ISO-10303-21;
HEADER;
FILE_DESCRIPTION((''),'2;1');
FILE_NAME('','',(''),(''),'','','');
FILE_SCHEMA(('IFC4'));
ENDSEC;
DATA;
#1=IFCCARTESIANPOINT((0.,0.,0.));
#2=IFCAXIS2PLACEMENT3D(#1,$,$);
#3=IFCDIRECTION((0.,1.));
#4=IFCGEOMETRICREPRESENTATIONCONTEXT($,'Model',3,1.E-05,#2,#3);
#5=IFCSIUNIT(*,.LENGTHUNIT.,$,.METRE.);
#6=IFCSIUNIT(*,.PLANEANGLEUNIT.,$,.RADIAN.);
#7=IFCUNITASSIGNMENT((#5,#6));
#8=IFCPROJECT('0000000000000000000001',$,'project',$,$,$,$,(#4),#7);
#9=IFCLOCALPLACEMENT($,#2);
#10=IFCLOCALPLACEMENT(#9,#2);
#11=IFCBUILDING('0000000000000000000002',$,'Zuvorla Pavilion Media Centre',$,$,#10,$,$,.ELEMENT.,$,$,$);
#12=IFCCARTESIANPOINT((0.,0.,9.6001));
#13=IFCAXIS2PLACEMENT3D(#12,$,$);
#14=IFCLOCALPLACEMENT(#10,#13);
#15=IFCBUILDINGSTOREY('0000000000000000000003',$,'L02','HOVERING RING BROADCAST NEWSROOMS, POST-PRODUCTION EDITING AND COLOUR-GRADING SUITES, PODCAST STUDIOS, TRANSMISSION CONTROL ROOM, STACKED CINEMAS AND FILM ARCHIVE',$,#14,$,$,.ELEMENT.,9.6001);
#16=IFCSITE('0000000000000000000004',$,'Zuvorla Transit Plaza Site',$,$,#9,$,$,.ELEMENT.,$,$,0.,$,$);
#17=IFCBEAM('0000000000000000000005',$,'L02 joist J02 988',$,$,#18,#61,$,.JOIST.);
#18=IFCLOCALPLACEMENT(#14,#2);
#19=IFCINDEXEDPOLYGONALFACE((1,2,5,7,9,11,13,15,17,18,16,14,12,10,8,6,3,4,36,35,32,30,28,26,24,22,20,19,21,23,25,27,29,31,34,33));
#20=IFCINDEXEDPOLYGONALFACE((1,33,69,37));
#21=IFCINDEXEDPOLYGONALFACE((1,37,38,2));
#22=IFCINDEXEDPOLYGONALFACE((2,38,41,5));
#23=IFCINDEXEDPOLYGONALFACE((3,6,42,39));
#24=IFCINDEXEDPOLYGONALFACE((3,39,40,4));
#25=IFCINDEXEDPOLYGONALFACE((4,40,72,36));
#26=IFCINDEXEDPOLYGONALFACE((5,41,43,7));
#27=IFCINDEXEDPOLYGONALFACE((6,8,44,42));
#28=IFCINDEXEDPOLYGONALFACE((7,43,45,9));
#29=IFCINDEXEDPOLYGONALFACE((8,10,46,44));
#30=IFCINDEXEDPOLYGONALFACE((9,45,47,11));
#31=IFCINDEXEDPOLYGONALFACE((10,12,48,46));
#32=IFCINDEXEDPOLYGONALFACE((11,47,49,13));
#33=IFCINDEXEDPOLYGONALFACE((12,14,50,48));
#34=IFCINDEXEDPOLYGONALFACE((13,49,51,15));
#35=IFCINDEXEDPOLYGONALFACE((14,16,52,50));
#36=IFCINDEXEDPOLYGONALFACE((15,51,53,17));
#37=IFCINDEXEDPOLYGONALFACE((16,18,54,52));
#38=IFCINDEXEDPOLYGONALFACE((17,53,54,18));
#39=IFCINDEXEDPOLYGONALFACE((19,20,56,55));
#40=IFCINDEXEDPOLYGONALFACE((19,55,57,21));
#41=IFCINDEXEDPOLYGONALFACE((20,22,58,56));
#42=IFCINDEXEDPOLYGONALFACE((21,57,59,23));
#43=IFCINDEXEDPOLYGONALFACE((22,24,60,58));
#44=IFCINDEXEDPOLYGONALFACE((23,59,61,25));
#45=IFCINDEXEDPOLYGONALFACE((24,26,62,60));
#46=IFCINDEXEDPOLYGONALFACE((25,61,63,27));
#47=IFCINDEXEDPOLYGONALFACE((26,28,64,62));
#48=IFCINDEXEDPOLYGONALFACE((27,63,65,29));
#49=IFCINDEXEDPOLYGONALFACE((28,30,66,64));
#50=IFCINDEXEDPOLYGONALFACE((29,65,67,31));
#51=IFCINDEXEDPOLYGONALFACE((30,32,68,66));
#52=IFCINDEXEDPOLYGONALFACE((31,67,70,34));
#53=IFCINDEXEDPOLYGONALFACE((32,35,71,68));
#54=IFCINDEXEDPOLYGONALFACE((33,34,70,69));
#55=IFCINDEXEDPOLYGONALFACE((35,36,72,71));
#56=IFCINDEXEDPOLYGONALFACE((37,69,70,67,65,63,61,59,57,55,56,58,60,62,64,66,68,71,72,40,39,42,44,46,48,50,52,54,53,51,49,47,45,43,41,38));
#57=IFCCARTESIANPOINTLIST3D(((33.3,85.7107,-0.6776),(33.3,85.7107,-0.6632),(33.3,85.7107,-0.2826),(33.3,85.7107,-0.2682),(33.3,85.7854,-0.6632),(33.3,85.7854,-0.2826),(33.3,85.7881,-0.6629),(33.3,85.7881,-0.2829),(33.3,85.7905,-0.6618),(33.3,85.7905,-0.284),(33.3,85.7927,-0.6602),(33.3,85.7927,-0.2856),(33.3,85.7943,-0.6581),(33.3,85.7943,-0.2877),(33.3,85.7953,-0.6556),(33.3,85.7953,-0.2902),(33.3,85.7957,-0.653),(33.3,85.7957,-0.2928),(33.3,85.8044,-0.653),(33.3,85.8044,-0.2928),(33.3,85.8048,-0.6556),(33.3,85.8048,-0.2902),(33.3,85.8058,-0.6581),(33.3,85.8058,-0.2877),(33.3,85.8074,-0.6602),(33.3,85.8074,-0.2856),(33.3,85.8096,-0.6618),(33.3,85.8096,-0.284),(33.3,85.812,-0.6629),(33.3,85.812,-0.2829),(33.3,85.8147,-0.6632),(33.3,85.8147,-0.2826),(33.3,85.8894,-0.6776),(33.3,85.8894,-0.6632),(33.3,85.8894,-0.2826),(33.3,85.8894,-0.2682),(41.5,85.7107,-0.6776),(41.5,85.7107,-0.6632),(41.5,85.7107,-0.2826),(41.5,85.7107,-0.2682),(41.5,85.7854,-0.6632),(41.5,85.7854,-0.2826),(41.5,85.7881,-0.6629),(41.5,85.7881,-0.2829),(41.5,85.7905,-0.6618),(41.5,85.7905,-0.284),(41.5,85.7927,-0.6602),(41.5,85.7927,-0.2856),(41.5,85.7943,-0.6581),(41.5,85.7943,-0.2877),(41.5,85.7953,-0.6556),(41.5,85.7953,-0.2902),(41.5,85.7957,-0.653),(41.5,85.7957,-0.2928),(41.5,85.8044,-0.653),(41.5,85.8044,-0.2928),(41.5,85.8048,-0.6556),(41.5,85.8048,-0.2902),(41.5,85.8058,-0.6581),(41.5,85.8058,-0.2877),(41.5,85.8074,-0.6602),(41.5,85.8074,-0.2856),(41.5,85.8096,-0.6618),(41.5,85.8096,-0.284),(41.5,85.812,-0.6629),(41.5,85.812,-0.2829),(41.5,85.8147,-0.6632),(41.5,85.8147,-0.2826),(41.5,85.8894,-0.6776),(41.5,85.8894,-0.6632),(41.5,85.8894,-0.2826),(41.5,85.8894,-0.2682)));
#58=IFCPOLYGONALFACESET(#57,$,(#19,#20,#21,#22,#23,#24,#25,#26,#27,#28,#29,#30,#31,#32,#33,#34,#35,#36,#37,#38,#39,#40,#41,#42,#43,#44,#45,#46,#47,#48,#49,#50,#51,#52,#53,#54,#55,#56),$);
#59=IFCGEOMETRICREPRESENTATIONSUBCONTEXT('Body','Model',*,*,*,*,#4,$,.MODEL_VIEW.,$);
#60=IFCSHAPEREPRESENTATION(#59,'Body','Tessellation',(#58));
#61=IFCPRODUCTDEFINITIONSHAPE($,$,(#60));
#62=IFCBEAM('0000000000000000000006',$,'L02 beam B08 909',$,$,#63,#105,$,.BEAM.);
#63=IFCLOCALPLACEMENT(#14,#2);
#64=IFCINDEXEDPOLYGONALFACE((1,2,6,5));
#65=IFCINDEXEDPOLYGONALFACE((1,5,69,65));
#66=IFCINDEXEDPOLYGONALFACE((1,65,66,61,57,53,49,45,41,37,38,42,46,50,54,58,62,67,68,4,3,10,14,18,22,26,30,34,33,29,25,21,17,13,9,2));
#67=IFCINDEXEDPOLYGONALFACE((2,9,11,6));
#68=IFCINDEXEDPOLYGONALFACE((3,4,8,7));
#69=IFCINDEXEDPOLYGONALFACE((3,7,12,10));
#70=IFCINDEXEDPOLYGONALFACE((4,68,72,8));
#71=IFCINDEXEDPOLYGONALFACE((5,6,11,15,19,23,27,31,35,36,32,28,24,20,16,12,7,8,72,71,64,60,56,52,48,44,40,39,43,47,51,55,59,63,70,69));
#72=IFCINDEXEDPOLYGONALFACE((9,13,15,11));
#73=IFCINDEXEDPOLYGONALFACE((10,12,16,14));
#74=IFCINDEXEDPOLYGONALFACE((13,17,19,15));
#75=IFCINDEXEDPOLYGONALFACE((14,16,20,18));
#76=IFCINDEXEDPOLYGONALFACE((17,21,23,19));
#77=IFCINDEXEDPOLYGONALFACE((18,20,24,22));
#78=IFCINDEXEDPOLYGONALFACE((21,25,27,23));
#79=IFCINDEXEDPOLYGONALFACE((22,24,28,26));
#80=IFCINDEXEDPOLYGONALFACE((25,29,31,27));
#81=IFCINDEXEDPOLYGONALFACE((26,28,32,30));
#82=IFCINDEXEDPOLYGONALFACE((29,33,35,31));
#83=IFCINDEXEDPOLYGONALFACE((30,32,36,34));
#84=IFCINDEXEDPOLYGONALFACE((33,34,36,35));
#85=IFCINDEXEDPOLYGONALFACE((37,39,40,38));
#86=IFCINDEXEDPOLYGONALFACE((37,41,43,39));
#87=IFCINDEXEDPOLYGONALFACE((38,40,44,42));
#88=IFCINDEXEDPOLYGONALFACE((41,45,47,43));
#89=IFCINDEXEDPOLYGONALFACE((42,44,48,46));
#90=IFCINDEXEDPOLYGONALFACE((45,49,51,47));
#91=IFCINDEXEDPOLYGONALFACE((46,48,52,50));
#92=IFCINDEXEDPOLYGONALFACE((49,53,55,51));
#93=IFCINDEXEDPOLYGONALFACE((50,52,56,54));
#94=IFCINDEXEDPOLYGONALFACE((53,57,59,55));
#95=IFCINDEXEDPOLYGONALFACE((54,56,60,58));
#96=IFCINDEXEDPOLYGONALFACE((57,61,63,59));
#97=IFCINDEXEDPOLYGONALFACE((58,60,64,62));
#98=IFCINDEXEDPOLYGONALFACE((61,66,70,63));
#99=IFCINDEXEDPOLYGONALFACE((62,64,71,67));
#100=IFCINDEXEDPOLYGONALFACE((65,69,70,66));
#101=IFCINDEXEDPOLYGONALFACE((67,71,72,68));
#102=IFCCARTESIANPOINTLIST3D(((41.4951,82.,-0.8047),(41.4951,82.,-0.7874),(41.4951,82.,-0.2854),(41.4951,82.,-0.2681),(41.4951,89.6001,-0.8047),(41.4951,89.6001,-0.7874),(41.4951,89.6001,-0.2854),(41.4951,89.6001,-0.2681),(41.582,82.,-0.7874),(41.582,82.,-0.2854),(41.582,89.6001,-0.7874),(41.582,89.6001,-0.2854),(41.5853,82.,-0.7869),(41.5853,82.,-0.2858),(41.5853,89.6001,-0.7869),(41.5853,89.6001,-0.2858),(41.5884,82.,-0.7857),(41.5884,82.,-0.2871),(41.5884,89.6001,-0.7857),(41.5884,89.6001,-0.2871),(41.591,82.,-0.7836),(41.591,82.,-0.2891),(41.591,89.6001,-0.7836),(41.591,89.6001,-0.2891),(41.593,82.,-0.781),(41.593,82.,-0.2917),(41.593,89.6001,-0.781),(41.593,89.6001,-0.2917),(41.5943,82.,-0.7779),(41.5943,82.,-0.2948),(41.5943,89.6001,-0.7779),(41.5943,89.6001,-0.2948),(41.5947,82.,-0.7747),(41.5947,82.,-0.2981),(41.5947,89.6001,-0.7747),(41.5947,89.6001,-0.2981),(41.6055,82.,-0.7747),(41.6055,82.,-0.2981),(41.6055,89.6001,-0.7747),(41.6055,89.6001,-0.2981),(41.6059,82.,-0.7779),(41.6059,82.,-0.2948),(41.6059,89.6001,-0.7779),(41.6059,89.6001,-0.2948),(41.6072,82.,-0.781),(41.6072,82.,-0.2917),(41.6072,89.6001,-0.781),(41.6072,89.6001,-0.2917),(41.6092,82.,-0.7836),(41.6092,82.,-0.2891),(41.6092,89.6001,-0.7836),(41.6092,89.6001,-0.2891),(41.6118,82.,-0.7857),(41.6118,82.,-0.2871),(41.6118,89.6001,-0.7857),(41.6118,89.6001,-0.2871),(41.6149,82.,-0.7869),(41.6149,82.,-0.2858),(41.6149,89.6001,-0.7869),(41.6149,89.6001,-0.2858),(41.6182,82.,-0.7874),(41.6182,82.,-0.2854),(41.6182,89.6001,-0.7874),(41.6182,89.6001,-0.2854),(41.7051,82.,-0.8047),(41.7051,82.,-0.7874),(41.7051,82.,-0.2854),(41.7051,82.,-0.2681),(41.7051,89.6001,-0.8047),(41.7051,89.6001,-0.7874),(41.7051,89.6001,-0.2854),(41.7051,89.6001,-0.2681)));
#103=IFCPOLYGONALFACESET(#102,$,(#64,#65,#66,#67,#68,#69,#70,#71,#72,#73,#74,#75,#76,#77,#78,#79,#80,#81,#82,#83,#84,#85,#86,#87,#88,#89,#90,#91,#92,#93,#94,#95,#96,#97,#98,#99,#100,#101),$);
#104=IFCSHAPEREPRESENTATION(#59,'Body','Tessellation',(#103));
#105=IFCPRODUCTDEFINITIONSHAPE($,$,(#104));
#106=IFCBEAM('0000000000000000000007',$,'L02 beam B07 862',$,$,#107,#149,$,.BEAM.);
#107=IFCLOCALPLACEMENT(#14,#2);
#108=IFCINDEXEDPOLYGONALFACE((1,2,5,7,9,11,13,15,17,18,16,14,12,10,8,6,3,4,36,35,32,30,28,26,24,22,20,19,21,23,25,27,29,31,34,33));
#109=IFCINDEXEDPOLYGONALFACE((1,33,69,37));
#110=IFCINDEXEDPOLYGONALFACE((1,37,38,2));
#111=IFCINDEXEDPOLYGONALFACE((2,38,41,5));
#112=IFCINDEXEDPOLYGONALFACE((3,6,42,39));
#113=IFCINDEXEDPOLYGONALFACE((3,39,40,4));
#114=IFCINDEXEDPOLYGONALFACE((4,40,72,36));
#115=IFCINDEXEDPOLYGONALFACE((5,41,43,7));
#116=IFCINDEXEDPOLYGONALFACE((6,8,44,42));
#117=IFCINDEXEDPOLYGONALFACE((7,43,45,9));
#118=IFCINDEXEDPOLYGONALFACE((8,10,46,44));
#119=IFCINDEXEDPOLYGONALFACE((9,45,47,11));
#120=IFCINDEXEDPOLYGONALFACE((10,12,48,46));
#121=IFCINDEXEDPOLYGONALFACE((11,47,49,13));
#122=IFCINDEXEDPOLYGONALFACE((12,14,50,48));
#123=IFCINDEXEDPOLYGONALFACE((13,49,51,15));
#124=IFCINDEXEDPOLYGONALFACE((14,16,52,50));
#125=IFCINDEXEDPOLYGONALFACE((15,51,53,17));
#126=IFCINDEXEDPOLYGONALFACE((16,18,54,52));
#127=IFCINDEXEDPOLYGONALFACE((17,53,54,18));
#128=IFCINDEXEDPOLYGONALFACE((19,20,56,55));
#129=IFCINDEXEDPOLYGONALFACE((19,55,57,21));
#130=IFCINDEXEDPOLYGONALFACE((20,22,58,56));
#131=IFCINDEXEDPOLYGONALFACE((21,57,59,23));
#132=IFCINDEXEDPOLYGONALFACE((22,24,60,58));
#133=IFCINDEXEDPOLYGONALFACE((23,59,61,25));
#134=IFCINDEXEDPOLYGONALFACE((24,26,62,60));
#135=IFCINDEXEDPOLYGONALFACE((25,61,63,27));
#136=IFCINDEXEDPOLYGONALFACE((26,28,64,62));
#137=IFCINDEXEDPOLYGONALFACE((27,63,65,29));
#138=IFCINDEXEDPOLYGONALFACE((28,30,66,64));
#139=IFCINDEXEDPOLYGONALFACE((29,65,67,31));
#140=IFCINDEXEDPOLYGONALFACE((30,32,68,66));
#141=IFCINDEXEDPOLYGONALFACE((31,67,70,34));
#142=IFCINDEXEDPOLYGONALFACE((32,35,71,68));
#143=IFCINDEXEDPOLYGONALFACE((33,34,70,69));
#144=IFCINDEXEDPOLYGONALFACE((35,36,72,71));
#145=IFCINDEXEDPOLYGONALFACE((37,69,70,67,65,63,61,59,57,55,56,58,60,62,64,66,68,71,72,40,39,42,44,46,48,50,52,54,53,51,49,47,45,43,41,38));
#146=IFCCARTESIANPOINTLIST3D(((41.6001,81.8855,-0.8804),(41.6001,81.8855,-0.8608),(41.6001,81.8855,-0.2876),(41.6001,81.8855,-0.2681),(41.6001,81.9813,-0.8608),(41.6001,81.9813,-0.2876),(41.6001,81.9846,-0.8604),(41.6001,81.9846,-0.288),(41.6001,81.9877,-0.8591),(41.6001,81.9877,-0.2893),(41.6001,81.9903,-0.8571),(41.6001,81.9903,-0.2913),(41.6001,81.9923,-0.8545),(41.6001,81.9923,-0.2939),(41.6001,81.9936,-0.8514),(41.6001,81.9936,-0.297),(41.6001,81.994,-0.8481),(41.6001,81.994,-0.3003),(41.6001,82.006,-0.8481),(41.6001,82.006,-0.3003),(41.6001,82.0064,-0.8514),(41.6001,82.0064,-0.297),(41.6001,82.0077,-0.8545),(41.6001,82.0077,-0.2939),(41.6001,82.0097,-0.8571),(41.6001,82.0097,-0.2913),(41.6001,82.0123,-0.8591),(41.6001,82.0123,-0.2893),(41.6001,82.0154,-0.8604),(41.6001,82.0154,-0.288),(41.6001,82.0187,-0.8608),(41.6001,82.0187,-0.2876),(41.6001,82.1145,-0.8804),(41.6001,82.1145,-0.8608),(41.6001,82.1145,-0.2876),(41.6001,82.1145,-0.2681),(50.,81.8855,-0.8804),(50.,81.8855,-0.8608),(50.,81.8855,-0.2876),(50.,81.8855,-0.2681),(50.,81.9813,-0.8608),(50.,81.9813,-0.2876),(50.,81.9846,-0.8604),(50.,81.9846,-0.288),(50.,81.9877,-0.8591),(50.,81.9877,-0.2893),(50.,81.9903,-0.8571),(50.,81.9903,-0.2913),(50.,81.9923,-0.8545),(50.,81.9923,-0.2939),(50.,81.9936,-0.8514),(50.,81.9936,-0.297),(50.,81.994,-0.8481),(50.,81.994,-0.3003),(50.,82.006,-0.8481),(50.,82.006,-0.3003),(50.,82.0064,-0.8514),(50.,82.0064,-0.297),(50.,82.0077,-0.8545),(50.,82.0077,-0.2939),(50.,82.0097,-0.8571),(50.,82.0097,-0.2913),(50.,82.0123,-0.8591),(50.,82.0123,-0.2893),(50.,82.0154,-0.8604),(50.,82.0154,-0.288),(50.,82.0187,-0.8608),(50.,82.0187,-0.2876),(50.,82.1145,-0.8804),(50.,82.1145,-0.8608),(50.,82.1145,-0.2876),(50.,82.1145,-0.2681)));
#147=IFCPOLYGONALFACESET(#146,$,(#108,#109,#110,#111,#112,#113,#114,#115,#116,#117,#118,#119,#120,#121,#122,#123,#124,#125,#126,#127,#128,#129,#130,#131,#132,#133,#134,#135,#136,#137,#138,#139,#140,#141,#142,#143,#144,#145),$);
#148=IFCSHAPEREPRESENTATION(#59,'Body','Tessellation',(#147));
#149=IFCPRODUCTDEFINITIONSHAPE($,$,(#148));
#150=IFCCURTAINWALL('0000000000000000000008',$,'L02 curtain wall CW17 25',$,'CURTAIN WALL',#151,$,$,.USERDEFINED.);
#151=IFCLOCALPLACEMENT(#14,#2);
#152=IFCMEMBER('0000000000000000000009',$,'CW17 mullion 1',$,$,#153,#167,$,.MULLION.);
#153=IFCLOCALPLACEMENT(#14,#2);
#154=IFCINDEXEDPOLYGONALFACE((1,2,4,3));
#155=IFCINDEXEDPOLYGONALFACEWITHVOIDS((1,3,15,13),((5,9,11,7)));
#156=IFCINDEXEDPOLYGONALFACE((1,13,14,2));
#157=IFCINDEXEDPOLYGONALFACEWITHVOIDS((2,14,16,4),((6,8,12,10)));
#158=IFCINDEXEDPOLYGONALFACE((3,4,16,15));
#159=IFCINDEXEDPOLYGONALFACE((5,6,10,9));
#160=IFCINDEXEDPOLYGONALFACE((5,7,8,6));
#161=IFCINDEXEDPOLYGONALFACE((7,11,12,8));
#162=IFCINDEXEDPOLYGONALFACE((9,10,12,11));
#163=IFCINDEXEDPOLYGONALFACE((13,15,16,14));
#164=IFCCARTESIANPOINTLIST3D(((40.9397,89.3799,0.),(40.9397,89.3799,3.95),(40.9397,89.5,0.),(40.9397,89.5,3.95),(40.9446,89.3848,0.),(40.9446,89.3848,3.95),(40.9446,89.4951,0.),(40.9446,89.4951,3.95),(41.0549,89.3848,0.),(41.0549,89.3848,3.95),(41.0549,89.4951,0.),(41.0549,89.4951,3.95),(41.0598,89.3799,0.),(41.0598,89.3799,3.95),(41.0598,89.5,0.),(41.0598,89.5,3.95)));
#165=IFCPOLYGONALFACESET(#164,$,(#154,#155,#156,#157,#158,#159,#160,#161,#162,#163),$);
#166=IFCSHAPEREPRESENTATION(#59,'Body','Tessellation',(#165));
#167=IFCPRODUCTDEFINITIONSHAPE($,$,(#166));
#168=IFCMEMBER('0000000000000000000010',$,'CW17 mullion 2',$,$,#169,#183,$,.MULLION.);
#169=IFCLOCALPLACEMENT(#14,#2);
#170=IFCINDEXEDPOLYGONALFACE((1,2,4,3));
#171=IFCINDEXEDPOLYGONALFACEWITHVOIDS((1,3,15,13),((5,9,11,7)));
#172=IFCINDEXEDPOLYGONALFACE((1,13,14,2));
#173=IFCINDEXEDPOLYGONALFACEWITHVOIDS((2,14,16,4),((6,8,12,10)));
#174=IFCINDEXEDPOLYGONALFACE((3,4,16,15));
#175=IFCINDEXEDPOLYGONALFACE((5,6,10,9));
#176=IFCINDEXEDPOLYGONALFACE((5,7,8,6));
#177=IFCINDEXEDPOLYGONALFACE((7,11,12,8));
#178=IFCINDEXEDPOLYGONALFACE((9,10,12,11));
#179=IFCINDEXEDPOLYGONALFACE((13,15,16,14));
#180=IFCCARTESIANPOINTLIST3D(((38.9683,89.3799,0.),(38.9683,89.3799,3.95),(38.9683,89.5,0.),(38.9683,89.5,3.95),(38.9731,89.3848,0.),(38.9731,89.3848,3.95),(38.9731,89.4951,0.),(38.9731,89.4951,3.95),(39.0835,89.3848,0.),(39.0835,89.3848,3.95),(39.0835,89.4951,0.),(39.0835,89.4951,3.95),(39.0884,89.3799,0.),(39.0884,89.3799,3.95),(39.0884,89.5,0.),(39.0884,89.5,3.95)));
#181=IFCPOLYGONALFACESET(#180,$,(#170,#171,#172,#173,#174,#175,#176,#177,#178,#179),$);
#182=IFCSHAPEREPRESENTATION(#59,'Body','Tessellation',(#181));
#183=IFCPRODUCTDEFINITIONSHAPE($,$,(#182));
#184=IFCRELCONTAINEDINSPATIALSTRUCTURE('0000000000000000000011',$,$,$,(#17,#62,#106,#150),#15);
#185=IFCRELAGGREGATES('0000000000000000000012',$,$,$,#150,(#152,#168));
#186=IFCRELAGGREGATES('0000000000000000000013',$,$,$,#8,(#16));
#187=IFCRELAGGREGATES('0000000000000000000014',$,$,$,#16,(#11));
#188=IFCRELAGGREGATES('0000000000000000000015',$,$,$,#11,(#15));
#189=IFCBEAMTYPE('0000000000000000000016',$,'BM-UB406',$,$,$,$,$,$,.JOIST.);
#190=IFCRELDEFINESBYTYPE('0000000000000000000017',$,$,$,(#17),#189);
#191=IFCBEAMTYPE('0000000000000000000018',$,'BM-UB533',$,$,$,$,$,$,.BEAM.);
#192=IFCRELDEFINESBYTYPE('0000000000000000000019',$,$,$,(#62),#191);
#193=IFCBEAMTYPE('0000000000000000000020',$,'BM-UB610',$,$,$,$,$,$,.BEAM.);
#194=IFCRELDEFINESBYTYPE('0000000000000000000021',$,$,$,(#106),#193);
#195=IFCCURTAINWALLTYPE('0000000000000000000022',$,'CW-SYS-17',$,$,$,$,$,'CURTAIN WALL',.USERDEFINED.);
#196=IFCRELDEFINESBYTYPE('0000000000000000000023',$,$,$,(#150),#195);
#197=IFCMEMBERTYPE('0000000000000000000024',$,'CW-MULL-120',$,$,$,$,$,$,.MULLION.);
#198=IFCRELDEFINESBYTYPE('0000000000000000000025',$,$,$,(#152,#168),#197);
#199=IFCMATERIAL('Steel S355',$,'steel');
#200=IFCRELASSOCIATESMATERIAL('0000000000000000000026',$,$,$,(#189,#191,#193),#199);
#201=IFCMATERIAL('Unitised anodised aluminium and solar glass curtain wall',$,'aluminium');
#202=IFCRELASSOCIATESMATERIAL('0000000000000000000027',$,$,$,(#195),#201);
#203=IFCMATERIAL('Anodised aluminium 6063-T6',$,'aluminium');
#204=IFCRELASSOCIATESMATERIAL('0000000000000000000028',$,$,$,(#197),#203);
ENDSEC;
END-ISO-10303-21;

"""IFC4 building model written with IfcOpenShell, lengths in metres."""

from ifc_helpers import new_model, si_unit, direction, frame, origin, origin_2d, place, context, subcontext, project, spatial, hollow_rectangle, i_section, extrude, material, material_profile, profile_set, type_object, element, aggregate, save


model = new_model("IFC4")

# Units and contexts
model_context = context("Model", 3, precision=1e-05, world=origin(), true_north=direction((0.0, 1.0)))
body_context = subcontext(model_context, "Body", "Model", "MODEL_VIEW")
ifc_project = project(units=[si_unit("LENGTHUNIT", "METRE"), si_unit("PLANEANGLEUNIT", "RADIAN")], contexts=[model_context])

# Site, building, storey
site_placement = place(None, origin())
site = spatial("IfcSite", under=ifc_project, at=site_placement, Name="Zuvorla Transit Plaza Site", CompositionType="ELEMENT", RefElevation=0.0)
building_placement = place(site_placement, origin())
building = spatial("IfcBuilding", under=site, at=building_placement, Name="Zuvorla Pavilion Media Centre", CompositionType="ELEMENT")
storey_placement = place(building_placement, frame((0.0, 0.0, 9.6001)))
storey = spatial("IfcBuildingStorey", under=building, at=storey_placement, Name="L02", Description="HOVERING RING BROADCAST NEWSROOMS, POST-PRODUCTION EDITING AND COLOUR-GRADING SUITES, PODCAST STUDIOS, TRANSMISSION CONTROL ROOM, STACKED CINEMAS AND FILM ARCHIVE", CompositionType="ELEMENT", Elevation=9.6001)

# Shared definitions
ifc_material_1 = material(Name="Steel S355", Category="steel")

# Beams
ifc_material_profile_1 = material_profile(ifc_material_1, i_section(OverallWidth=0.1787, OverallDepth=0.4094, WebThickness=0.0088, FlangeThickness=0.0144, FilletRadius=0.0103, at=origin_2d()), Name="UB 406x178x67")
ifc_profile_set_1 = profile_set([ifc_material_profile_1], Name="Steel S355")
beam_type_1 = type_object("IfcBeamType", Name="BM-UB406", PredefinedType="JOIST", material=ifc_profile_set_1)
beam_1_placement = place(storey_placement, frame((33.3, 85.8, -0.4729), z_axis=(1.0, 0.0, 0.0), x_axis=(0.0, 1.0, 0.0)))
element("IfcBeam", 1, at=beam_1_placement, inside=storey, type_object=beam_type_1, Name="L02 joist J02 988", PredefinedType="JOIST", context=body_context, shape_type="SweptSolid", body=[
    extrude(i_section(OverallWidth=0.1787, OverallDepth=0.4094, WebThickness=0.0088, FlangeThickness=0.0144, FilletRadius=0.0103, at=origin_2d()), origin(), (0.0, 0.0, 1.0), 8.2),
])
ifc_material_profile_2 = material_profile(ifc_material_1, i_section(OverallWidth=0.21, OverallDepth=0.5366, WebThickness=0.0107, FlangeThickness=0.0173, FilletRadius=0.0127, at=origin_2d()), Name="UB 533x210x101")
ifc_profile_set_2 = profile_set([ifc_material_profile_2], Name="Steel S355")
beam_type_2 = type_object("IfcBeamType", Name="BM-UB533", PredefinedType="BEAM", material=ifc_profile_set_2)
beam_2_placement = place(storey_placement, frame((41.6001, 82.0, -0.5364), z_axis=(0.0, 1.0, 0.0), x_axis=(-1.0, 0.0, 0.0)))
element("IfcBeam", 2, at=beam_2_placement, inside=storey, type_object=beam_type_2, Name="L02 beam B08 909", PredefinedType="BEAM", context=body_context, shape_type="SweptSolid", body=[
    extrude(i_section(OverallWidth=0.21, OverallDepth=0.5366, WebThickness=0.0107, FlangeThickness=0.0173, FilletRadius=0.0127, at=origin_2d()), origin(), (0.0, 0.0, 1.0), 7.6001),
])
ifc_material_profile_3 = material_profile(ifc_material_1, i_section(OverallWidth=0.229, OverallDepth=0.6123, WebThickness=0.012, FlangeThickness=0.0195, FilletRadius=0.0127, at=origin_2d()), Name="UB 610x229x125")
ifc_profile_set_3 = profile_set([ifc_material_profile_3], Name="Steel S355")
beam_type_3 = type_object("IfcBeamType", Name="BM-UB610", PredefinedType="BEAM", material=ifc_profile_set_3)
beam_3_placement = place(storey_placement, frame((41.6001, 82.0, -0.5742), z_axis=(1.0, 0.0, 0.0), x_axis=(0.0, 1.0, 0.0)))
element("IfcBeam", 3, at=beam_3_placement, inside=storey, type_object=beam_type_3, Name="L02 beam B07 862", PredefinedType="BEAM", context=body_context, shape_type="SweptSolid", body=[
    extrude(i_section(OverallWidth=0.229, OverallDepth=0.6123, WebThickness=0.012, FlangeThickness=0.0195, FilletRadius=0.0127, at=origin_2d()), origin(), (0.0, 0.0, 1.0), 8.3999),
])

# Curtain wall, members
ifc_material_2 = material(Name="Unitised anodised aluminium and solar glass curtain wall", Category="aluminium")
curtain_wall_type = type_object("IfcCurtainWallType", Name="CW-SYS-17", ElementType="CURTAIN WALL", PredefinedType="USERDEFINED", material=ifc_material_2)
curtain_wall_placement = place(storey_placement, origin())
curtain_wall = element("IfcCurtainWall", 4, at=curtain_wall_placement, inside=storey, type_object=curtain_wall_type, Name="L02 curtain wall CW17 25", ObjectType="CURTAIN WALL", PredefinedType="USERDEFINED")
ifc_material_3 = material(Name="Anodised aluminium 6063-T6", Category="aluminium")
ifc_material_profile_4 = material_profile(ifc_material_3, hollow_rectangle(XDim=0.1201, YDim=0.1201, WallThickness=0.0049, at=origin_2d()), Name="ALU MULL 120x120")
ifc_profile_set_4 = profile_set([ifc_material_profile_4], Name="Anodised aluminium 6063-T6")
member_type_1 = type_object("IfcMemberType", Name="CW-MULL-120", PredefinedType="MULLION", material=ifc_profile_set_4)
member_1_placement = place(storey_placement, frame((40.9998, 89.4399, 0.0), z_axis=(0.0, 0.0, 1.0), x_axis=(1.0, 0.0, 0.0)))
member_1 = element("IfcMember", 5, at=member_1_placement, type_object=member_type_1, Name="CW17 mullion 1", PredefinedType="MULLION", context=body_context, shape_type="SweptSolid", body=[
    extrude(hollow_rectangle(XDim=0.1201, YDim=0.1201, WallThickness=0.0049, at=origin_2d()), origin(), (0.0, 0.0, 1.0), 3.95),
])
member_2_placement = place(storey_placement, frame((39.0283, 89.4399, 0.0), z_axis=(0.0, 0.0, 1.0), x_axis=(1.0, 0.0, 0.0)))
member_2 = element("IfcMember", 6, at=member_2_placement, type_object=member_type_1, Name="CW17 mullion 2", PredefinedType="MULLION", context=body_context, shape_type="SweptSolid", body=[
    extrude(hollow_rectangle(XDim=0.1201, YDim=0.1201, WallThickness=0.0049, at=origin_2d()), origin(), (0.0, 0.0, 1.0), 3.95),
])
aggregate(curtain_wall, [member_1, member_2])

save(model, "model.ifc")
